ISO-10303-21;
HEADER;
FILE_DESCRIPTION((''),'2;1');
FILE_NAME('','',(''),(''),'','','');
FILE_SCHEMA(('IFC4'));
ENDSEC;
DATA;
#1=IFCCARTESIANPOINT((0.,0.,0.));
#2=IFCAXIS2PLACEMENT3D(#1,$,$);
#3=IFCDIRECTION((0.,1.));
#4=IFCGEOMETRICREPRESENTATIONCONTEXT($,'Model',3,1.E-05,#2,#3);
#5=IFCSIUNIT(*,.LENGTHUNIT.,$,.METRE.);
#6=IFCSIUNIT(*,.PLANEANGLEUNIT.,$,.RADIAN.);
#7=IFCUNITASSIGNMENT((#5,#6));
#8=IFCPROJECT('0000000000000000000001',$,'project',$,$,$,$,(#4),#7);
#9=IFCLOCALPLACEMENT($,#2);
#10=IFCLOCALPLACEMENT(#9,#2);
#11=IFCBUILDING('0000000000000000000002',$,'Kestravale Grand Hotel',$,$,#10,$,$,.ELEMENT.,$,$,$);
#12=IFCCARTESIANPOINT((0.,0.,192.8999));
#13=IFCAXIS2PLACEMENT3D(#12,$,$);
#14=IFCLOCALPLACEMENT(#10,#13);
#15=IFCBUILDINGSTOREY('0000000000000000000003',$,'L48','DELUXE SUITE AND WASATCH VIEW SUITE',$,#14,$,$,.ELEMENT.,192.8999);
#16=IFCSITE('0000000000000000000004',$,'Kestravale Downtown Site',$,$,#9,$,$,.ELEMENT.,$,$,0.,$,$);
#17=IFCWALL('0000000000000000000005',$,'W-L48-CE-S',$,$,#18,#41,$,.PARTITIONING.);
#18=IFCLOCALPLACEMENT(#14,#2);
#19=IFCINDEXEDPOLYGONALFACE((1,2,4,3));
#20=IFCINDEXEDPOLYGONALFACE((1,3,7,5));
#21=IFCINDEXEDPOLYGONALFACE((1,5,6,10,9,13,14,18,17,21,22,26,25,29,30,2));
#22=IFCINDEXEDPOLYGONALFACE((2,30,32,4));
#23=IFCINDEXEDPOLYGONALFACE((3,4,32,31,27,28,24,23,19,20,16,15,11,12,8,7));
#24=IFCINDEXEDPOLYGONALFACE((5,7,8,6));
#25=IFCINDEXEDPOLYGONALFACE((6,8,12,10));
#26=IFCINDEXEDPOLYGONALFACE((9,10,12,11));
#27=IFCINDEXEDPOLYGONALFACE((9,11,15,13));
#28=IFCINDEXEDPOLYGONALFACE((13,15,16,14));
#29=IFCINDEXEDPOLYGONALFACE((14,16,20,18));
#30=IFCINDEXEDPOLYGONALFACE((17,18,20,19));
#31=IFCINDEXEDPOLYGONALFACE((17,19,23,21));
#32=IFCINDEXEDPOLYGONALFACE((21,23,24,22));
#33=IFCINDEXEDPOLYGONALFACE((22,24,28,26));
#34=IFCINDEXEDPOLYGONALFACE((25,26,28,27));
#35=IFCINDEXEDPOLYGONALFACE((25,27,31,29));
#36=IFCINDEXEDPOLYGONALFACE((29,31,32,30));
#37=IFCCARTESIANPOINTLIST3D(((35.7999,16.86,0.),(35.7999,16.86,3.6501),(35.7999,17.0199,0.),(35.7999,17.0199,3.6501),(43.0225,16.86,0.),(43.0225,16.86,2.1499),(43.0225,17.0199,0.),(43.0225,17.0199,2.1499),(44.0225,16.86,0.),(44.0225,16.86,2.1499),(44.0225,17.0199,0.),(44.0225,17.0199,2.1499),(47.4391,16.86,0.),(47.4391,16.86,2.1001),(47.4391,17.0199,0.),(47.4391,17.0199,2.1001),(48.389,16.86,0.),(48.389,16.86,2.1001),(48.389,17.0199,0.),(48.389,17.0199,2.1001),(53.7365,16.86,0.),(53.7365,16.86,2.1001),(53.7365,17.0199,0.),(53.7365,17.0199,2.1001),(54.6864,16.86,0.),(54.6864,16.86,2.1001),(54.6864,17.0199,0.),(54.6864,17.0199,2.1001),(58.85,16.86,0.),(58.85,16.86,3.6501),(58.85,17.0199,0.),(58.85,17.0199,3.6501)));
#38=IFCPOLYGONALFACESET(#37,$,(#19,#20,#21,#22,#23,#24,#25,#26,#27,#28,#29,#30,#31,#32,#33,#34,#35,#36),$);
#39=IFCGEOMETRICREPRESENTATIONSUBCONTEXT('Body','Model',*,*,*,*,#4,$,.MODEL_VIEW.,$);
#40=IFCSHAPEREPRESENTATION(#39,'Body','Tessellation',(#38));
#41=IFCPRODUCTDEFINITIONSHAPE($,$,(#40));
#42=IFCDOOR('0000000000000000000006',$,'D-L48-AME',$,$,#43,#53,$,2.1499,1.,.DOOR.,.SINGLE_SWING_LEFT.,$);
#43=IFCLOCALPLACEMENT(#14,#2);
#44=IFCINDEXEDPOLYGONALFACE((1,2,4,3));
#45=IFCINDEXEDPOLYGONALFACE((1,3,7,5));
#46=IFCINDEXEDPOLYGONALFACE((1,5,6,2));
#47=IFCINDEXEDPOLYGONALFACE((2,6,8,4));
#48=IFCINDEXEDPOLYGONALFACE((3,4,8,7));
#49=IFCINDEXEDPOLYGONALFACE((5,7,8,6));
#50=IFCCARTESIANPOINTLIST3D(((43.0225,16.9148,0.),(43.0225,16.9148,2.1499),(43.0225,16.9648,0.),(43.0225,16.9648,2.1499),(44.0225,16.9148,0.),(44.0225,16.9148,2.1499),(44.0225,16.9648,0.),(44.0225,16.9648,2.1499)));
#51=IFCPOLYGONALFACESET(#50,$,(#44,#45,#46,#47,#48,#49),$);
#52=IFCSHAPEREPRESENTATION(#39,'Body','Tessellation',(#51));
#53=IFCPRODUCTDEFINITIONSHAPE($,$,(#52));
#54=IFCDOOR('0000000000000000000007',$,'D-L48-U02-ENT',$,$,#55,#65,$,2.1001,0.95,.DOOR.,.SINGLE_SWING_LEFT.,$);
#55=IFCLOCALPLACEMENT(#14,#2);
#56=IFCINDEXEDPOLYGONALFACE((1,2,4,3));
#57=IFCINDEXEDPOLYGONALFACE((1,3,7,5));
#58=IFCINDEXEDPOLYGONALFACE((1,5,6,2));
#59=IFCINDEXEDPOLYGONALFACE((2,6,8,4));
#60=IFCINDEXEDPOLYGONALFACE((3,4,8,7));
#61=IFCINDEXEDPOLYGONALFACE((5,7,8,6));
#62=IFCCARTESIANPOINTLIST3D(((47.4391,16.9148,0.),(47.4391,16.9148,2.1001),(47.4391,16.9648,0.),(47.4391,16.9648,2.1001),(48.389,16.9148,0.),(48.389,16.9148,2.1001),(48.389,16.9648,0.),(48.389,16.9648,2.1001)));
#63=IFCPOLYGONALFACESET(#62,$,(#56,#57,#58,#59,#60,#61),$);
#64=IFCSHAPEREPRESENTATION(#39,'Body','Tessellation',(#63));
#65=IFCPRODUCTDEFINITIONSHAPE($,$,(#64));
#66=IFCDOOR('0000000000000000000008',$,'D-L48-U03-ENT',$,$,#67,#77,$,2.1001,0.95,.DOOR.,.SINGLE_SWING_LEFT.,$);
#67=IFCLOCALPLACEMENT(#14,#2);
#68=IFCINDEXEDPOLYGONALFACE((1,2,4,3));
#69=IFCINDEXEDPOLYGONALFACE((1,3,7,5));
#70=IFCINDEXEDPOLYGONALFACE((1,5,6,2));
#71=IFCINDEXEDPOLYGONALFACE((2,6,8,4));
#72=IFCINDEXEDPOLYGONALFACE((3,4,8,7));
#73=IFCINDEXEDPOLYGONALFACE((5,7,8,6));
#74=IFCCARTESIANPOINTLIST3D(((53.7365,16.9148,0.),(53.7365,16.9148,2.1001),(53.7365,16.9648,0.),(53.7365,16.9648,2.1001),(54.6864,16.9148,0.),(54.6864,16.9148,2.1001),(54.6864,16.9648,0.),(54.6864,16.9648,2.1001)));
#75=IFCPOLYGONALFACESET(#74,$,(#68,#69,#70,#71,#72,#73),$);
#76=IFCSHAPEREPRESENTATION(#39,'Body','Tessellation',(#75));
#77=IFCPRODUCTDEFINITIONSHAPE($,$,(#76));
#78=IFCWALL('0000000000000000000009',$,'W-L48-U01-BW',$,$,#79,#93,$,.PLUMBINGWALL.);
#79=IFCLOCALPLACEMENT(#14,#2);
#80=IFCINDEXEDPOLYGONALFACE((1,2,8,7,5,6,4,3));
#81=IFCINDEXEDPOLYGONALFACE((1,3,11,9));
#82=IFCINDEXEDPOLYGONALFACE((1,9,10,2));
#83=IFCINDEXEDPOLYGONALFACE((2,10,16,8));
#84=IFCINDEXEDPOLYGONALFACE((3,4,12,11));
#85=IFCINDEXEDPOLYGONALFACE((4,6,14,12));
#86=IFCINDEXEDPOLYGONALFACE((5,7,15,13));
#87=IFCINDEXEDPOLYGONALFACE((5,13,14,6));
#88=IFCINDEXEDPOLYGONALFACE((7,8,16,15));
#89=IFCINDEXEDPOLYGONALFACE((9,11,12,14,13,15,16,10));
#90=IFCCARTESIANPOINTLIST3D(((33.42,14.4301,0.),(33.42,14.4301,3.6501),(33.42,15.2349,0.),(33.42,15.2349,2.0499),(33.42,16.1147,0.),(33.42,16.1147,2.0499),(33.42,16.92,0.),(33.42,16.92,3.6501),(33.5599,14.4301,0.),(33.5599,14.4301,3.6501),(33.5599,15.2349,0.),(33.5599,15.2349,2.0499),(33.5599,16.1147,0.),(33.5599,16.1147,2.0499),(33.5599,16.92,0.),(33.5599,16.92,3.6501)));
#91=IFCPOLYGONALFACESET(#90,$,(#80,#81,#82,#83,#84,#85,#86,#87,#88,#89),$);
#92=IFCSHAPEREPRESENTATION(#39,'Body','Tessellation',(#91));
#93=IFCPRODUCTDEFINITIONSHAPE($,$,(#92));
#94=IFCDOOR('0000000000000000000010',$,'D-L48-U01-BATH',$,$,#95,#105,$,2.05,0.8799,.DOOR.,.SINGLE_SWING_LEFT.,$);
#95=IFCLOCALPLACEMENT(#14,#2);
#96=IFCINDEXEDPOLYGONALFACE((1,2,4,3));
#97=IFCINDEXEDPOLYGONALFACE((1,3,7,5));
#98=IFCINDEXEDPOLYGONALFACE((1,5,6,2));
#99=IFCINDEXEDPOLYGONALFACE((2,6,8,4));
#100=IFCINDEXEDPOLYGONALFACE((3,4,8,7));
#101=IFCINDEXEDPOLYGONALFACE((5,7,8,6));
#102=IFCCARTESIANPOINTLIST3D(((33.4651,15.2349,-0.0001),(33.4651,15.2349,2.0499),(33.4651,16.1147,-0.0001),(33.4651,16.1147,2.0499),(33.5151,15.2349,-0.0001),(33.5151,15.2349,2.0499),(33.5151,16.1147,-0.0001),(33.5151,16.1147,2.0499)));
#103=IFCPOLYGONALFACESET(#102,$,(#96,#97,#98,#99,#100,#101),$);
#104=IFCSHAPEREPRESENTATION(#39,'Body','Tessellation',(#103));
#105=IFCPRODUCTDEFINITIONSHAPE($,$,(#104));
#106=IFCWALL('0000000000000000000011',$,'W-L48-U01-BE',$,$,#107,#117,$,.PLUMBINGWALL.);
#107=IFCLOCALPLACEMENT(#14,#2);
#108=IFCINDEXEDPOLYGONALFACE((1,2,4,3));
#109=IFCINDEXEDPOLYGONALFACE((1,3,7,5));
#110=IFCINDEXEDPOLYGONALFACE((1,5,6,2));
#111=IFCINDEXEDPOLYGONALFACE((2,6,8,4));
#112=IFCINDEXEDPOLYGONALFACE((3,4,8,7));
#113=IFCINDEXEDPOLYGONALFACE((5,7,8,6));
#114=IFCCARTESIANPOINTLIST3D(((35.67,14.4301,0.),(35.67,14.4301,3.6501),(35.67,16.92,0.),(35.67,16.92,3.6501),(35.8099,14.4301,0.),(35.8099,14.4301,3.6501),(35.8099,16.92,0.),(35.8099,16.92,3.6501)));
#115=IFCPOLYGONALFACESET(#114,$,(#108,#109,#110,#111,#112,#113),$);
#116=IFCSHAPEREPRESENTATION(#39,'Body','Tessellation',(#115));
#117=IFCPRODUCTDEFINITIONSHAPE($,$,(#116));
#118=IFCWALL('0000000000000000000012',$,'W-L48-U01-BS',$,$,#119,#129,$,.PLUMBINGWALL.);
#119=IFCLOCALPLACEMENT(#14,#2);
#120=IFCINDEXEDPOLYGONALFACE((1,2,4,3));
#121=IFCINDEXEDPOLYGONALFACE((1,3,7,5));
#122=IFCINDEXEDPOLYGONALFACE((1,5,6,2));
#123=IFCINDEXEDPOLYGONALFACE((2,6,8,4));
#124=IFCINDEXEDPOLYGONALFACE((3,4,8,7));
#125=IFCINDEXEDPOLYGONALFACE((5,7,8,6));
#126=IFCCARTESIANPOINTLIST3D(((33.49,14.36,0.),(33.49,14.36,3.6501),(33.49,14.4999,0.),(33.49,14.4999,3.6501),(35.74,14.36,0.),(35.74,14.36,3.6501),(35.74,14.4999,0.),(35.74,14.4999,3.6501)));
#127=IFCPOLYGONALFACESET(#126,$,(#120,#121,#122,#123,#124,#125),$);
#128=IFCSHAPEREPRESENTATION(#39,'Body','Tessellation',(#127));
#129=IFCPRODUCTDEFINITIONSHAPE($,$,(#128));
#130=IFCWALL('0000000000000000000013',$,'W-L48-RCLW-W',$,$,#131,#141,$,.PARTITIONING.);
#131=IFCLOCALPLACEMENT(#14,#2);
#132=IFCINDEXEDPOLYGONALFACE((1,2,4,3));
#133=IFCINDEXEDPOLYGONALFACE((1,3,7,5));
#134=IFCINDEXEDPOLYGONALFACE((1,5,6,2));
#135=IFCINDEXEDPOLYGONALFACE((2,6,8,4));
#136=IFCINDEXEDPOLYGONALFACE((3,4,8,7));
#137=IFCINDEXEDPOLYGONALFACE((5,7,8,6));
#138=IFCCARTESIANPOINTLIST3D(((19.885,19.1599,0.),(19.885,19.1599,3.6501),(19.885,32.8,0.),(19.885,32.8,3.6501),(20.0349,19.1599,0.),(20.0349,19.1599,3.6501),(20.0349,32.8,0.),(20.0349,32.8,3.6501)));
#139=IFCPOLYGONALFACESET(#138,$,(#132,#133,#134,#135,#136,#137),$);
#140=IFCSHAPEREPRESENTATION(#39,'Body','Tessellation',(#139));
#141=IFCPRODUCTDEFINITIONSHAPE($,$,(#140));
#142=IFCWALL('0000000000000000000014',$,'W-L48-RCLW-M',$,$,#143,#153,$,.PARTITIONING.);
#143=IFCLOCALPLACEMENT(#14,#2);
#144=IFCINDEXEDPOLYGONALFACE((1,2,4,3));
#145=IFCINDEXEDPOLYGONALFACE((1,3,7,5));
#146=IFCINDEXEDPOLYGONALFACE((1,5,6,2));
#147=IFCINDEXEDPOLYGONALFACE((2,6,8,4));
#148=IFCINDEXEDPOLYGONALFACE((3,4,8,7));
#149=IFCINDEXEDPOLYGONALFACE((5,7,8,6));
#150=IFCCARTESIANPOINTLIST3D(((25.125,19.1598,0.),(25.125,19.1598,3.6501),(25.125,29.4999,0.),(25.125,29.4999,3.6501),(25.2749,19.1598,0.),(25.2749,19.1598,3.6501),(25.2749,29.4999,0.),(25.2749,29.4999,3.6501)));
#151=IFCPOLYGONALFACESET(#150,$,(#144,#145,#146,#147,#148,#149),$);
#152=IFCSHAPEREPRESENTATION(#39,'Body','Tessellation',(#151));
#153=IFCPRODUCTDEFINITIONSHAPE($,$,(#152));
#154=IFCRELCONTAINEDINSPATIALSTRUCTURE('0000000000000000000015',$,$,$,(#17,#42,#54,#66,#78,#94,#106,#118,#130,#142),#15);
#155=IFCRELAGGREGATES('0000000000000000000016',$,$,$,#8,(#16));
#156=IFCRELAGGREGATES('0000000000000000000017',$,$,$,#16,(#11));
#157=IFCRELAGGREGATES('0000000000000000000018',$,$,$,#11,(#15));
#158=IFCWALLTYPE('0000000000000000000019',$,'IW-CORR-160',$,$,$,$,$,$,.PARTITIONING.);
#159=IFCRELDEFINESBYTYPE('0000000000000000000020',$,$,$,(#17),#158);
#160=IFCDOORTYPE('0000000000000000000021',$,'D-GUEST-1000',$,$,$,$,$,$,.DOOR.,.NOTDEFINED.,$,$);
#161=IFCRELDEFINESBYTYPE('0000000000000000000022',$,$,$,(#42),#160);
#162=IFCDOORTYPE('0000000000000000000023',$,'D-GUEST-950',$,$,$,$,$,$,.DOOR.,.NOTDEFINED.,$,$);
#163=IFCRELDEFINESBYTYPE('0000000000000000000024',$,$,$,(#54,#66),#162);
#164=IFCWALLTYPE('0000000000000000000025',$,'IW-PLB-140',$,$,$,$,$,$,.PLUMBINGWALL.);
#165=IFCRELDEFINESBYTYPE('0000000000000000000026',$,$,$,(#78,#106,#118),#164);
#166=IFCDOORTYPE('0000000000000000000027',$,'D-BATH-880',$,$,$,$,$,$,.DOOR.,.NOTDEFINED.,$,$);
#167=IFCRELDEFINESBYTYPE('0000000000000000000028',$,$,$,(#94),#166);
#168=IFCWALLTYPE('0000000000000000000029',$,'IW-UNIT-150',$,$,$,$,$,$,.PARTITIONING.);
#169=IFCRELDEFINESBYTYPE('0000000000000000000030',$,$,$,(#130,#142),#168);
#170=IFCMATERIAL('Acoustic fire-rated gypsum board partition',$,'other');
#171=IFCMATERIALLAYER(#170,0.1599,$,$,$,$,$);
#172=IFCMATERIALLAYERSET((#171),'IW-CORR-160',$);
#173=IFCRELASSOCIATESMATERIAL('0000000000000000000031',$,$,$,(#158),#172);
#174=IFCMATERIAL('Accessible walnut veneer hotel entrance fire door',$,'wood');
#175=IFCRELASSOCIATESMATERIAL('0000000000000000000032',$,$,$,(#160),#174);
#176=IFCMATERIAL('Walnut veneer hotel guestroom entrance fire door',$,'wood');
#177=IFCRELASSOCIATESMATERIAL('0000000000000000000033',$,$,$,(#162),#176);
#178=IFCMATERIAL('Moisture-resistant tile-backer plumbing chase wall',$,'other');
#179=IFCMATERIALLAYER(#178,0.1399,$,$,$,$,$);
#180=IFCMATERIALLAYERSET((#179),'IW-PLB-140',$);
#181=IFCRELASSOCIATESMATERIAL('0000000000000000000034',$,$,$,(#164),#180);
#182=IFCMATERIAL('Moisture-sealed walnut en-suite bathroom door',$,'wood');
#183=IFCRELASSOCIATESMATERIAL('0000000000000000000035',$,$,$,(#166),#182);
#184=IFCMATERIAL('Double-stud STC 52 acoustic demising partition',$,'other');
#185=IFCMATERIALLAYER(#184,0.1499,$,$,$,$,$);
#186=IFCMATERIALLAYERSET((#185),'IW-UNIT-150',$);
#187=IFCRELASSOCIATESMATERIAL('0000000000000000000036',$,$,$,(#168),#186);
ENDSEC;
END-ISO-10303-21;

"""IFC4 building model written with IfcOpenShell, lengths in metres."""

from ifc_helpers import new_model, si_unit, direction, frame, frame_2d, origin, place, context, subcontext, project, spatial, rectangle, extrude, material, layer, layer_set, type_object, element, fill, save


model = new_model("IFC4")

# Units and contexts
model_context = context("Model", 3, precision=1e-05, world=origin(), true_north=direction((0.0, 1.0)))
body_context = subcontext(model_context, "Body", "Model", "MODEL_VIEW")
ifc_project = project(units=[si_unit("LENGTHUNIT", "METRE"), si_unit("PLANEANGLEUNIT", "RADIAN")], contexts=[model_context])

# Site, building, storey
site_placement = place(None, origin())
site = spatial("IfcSite", under=ifc_project, at=site_placement, Name="Kestravale Downtown Site", CompositionType="ELEMENT", RefElevation=0.0)
building_placement = place(site_placement, origin())
building = spatial("IfcBuilding", under=site, at=building_placement, Name="Kestravale Grand Hotel", CompositionType="ELEMENT")
storey_placement = place(building_placement, frame((0.0, 0.0, 192.8999)))
storey = spatial("IfcBuildingStorey", under=building, at=storey_placement, Name="L48", Description="DELUXE SUITE AND WASATCH VIEW SUITE", CompositionType="ELEMENT", Elevation=192.8999)

# Shared definitions
ifc_material_1 = material(Name="Acoustic fire-rated gypsum board partition", Category="other")
ifc_layer_1 = layer(ifc_material_1, 0.1599)
ifc_layer_set_1 = layer_set([ifc_layer_1], Name="IW-CORR-160")
wall_type_1 = type_object("IfcWallType", Name="IW-CORR-160", PredefinedType="PARTITIONING", material=ifc_layer_set_1)
ifc_material_2 = material(Name="Accessible walnut veneer hotel entrance fire door", Category="wood")
door_type_1 = type_object("IfcDoorType", Name="D-GUEST-1000", OperationType="NOTDEFINED", PredefinedType="DOOR", material=ifc_material_2)

# Wall, openings, doors
ifc_material_3 = material(Name="Walnut veneer hotel guestroom entrance fire door", Category="wood")
door_type_2 = type_object("IfcDoorType", Name="D-GUEST-950", OperationType="NOTDEFINED", PredefinedType="DOOR", material=ifc_material_3)
wall_1_placement = place(storey_placement, frame((35.8, 16.9399, 0.0), z_axis=(0.0, 0.0, 1.0), x_axis=(1.0, 0.0, 0.0)))
wall_1 = element("IfcWall", 1, at=wall_1_placement, inside=storey, type_object=wall_type_1, Name="W-L48-CE-S", PredefinedType="PARTITIONING", context=body_context, shape_type="SweptSolid", body=[
    extrude(rectangle(XDim=23.05, YDim=0.1599, at=frame_2d((11.5249, 0.0))), origin(), (0.0, 0.0, 1.0), 3.6501),
])
opening_1_placement = place(wall_1_placement, frame((7.2224, 0.0, 0.0)))
opening_1 = element("IfcOpeningElement", 2, at=opening_1_placement, cuts=wall_1, PredefinedType="OPENING", context=body_context, shape_type="SweptSolid", body=[
    extrude(rectangle(XDim=1.0, YDim=2.1499, at=frame_2d((0.5, 1.075))), frame((0.0, 0.0898, 0.0), z_axis=(0.0, -1.0, 0.0), x_axis=(1.0, 0.0, 0.0)), (0.0, 0.0, 1.0), 0.1799),
])
opening_2_placement = place(wall_1_placement, frame((11.6389, 0.0, 0.0)))
opening_2 = element("IfcOpeningElement", 3, at=opening_2_placement, cuts=wall_1, PredefinedType="OPENING", context=body_context, shape_type="SweptSolid", body=[
    extrude(rectangle(XDim=0.95, YDim=2.1001, at=frame_2d((0.4751, 1.05))), frame((0.0, 0.0898, 0.0), z_axis=(0.0, -1.0, 0.0), x_axis=(1.0, 0.0, 0.0)), (0.0, 0.0, 1.0), 0.1799),
])
opening_3_placement = place(wall_1_placement, frame((17.9363, 0.0, 0.0)))
opening_3 = element("IfcOpeningElement", 4, at=opening_3_placement, cuts=wall_1, PredefinedType="OPENING", context=body_context, shape_type="SweptSolid", body=[
    extrude(rectangle(XDim=0.95, YDim=2.1001, at=frame_2d((0.4751, 1.05))), frame((0.0, 0.0898, 0.0), z_axis=(0.0, -1.0, 0.0), x_axis=(1.0, 0.0, 0.0)), (0.0, 0.0, 1.0), 0.1799),
])
door_1_placement = place(opening_1_placement, origin())
door_1 = element("IfcDoor", 5, at=door_1_placement, inside=storey, type_object=door_type_1, Name="D-L48-AME", OperationType="SINGLE_SWING_LEFT", OverallHeight=2.1499, OverallWidth=1.0, PredefinedType="DOOR", context=body_context, shape_type="SweptSolid", body=[
    extrude(rectangle(XDim=1.0, YDim=2.1499, at=frame_2d((0.5, 1.075))), frame((0.0, 0.0249, 0.0), z_axis=(0.0, -1.0, 0.0), x_axis=(1.0, 0.0, 0.0)), (0.0, 0.0, 1.0), 0.05),
])
fill(opening_1, door_1)
door_2_placement = place(opening_2_placement, origin())
door_2 = element("IfcDoor", 6, at=door_2_placement, inside=storey, type_object=door_type_2, Name="D-L48-U02-ENT", OperationType="SINGLE_SWING_LEFT", OverallHeight=2.1001, OverallWidth=0.95, PredefinedType="DOOR", context=body_context, shape_type="SweptSolid", body=[
    extrude(rectangle(XDim=0.95, YDim=2.1001, at=frame_2d((0.4751, 1.05))), frame((0.0, 0.0249, 0.0), z_axis=(0.0, -1.0, 0.0), x_axis=(1.0, 0.0, 0.0)), (0.0, 0.0, 1.0), 0.05),
])
fill(opening_2, door_2)
door_3_placement = place(opening_3_placement, origin())
door_3 = element("IfcDoor", 7, at=door_3_placement, inside=storey, type_object=door_type_2, Name="D-L48-U03-ENT", OperationType="SINGLE_SWING_LEFT", OverallHeight=2.1001, OverallWidth=0.95, PredefinedType="DOOR", context=body_context, shape_type="SweptSolid", body=[
    extrude(rectangle(XDim=0.95, YDim=2.1001, at=frame_2d((0.4751, 1.05))), frame((0.0, 0.0249, 0.0), z_axis=(0.0, -1.0, 0.0), x_axis=(1.0, 0.0, 0.0)), (0.0, 0.0, 1.0), 0.05),
])
fill(opening_3, door_3)

# Wall, opening, door
ifc_material_4 = material(Name="Moisture-resistant tile-backer plumbing chase wall", Category="other")
ifc_layer_2 = layer(ifc_material_4, 0.1399)
ifc_layer_set_2 = layer_set([ifc_layer_2], Name="IW-PLB-140")
wall_type_2 = type_object("IfcWallType", Name="IW-PLB-140", PredefinedType="PLUMBINGWALL", material=ifc_layer_set_2)
wall_2_placement = place(storey_placement, frame((33.49, 14.4299, 0.0), z_axis=(0.0, 0.0, 1.0), x_axis=(0.0, 1.0, 0.0)))
wall_2 = element("IfcWall", 8, at=wall_2_placement, inside=storey, type_object=wall_type_2, Name="W-L48-U01-BW", PredefinedType="PLUMBINGWALL", context=body_context, shape_type="SweptSolid", body=[
    extrude(rectangle(XDim=2.49, YDim=0.1399, at=frame_2d((1.2451, 0.0))), origin(), (0.0, 0.0, 1.0), 3.6501),
])
opening_4_placement = place(wall_2_placement, frame((0.8049, 0.0, 0.0)))
opening_4 = element("IfcOpeningElement", 9, at=opening_4_placement, cuts=wall_2, PredefinedType="OPENING", context=body_context, shape_type="SweptSolid", body=[
    extrude(rectangle(XDim=0.8799, YDim=2.05, at=frame_2d((0.4399, 1.0249))), frame((0.0, 0.0798, 0.0), z_axis=(0.0, -1.0, 0.0), x_axis=(1.0, 0.0, 0.0)), (0.0, 0.0, 1.0), 0.1599),
])
ifc_material_5 = material(Name="Moisture-sealed walnut en-suite bathroom door", Category="wood")
door_type_3 = type_object("IfcDoorType", Name="D-BATH-880", OperationType="NOTDEFINED", PredefinedType="DOOR", material=ifc_material_5)
door_4_placement = place(opening_4_placement, origin())
door_4 = element("IfcDoor", 10, at=door_4_placement, inside=storey, type_object=door_type_3, Name="D-L48-U01-BATH", OperationType="SINGLE_SWING_LEFT", OverallHeight=2.05, OverallWidth=0.8799, PredefinedType="DOOR", context=body_context, shape_type="SweptSolid", body=[
    extrude(rectangle(XDim=0.8799, YDim=2.05, at=frame_2d((0.4399, 1.0249))), frame((0.0, 0.0249, 0.0), z_axis=(0.0, -1.0, 0.0), x_axis=(1.0, 0.0, 0.0)), (0.0, 0.0, 1.0), 0.05),
])
fill(opening_4, door_4)

# Walls
wall_3_placement = place(storey_placement, frame((35.74, 14.4299, 0.0), z_axis=(0.0, 0.0, 1.0), x_axis=(0.0, 1.0, 0.0)))
element("IfcWall", 11, at=wall_3_placement, inside=storey, type_object=wall_type_2, Name="W-L48-U01-BE", PredefinedType="PLUMBINGWALL", context=body_context, shape_type="SweptSolid", body=[
    extrude(rectangle(XDim=2.49, YDim=0.1399, at=frame_2d((1.2451, 0.0))), origin(), (0.0, 0.0, 1.0), 3.6501),
])
wall_4_placement = place(storey_placement, frame((33.49, 14.4299, 0.0), z_axis=(0.0, 0.0, 1.0), x_axis=(1.0, 0.0, 0.0)))
element("IfcWall", 12, at=wall_4_placement, inside=storey, type_object=wall_type_2, Name="W-L48-U01-BS", PredefinedType="PLUMBINGWALL", context=body_context, shape_type="SweptSolid", body=[
    extrude(rectangle(XDim=2.25, YDim=0.1399, at=frame_2d((1.125, 0.0))), origin(), (0.0, 0.0, 1.0), 3.6501),
])
ifc_material_6 = material(Name="Double-stud STC 52 acoustic demising partition", Category="other")
ifc_layer_3 = layer(ifc_material_6, 0.1499)
ifc_layer_set_3 = layer_set([ifc_layer_3], Name="IW-UNIT-150")
wall_type_3 = type_object("IfcWallType", Name="IW-UNIT-150", PredefinedType="PARTITIONING", material=ifc_layer_set_3)
wall_5_placement = place(storey_placement, frame((19.96, 19.1599, 0.0), z_axis=(0.0, 0.0, 1.0), x_axis=(0.0, 1.0, 0.0)))
element("IfcWall", 13, at=wall_5_placement, inside=storey, type_object=wall_type_3, Name="W-L48-RCLW-W", PredefinedType="PARTITIONING", context=body_context, shape_type="SweptSolid", body=[
    extrude(rectangle(XDim=13.6401, YDim=0.1499, at=frame_2d((6.8201, 0.0))), origin(), (0.0, 0.0, 1.0), 3.6501),
])
wall_6_placement = place(storey_placement, frame((25.2, 19.1599, 0.0), z_axis=(0.0, 0.0, 1.0), x_axis=(0.0, 1.0, 0.0)))
element("IfcWall", 14, at=wall_6_placement, inside=storey, type_object=wall_type_3, Name="W-L48-RCLW-M", PredefinedType="PARTITIONING", context=body_context, shape_type="SweptSolid", body=[
    extrude(rectangle(XDim=10.3401, YDim=0.1499, at=frame_2d((5.1699, 0.0))), origin(), (0.0, 0.0, 1.0), 3.6501),
])

save(model, "model.ifc")
